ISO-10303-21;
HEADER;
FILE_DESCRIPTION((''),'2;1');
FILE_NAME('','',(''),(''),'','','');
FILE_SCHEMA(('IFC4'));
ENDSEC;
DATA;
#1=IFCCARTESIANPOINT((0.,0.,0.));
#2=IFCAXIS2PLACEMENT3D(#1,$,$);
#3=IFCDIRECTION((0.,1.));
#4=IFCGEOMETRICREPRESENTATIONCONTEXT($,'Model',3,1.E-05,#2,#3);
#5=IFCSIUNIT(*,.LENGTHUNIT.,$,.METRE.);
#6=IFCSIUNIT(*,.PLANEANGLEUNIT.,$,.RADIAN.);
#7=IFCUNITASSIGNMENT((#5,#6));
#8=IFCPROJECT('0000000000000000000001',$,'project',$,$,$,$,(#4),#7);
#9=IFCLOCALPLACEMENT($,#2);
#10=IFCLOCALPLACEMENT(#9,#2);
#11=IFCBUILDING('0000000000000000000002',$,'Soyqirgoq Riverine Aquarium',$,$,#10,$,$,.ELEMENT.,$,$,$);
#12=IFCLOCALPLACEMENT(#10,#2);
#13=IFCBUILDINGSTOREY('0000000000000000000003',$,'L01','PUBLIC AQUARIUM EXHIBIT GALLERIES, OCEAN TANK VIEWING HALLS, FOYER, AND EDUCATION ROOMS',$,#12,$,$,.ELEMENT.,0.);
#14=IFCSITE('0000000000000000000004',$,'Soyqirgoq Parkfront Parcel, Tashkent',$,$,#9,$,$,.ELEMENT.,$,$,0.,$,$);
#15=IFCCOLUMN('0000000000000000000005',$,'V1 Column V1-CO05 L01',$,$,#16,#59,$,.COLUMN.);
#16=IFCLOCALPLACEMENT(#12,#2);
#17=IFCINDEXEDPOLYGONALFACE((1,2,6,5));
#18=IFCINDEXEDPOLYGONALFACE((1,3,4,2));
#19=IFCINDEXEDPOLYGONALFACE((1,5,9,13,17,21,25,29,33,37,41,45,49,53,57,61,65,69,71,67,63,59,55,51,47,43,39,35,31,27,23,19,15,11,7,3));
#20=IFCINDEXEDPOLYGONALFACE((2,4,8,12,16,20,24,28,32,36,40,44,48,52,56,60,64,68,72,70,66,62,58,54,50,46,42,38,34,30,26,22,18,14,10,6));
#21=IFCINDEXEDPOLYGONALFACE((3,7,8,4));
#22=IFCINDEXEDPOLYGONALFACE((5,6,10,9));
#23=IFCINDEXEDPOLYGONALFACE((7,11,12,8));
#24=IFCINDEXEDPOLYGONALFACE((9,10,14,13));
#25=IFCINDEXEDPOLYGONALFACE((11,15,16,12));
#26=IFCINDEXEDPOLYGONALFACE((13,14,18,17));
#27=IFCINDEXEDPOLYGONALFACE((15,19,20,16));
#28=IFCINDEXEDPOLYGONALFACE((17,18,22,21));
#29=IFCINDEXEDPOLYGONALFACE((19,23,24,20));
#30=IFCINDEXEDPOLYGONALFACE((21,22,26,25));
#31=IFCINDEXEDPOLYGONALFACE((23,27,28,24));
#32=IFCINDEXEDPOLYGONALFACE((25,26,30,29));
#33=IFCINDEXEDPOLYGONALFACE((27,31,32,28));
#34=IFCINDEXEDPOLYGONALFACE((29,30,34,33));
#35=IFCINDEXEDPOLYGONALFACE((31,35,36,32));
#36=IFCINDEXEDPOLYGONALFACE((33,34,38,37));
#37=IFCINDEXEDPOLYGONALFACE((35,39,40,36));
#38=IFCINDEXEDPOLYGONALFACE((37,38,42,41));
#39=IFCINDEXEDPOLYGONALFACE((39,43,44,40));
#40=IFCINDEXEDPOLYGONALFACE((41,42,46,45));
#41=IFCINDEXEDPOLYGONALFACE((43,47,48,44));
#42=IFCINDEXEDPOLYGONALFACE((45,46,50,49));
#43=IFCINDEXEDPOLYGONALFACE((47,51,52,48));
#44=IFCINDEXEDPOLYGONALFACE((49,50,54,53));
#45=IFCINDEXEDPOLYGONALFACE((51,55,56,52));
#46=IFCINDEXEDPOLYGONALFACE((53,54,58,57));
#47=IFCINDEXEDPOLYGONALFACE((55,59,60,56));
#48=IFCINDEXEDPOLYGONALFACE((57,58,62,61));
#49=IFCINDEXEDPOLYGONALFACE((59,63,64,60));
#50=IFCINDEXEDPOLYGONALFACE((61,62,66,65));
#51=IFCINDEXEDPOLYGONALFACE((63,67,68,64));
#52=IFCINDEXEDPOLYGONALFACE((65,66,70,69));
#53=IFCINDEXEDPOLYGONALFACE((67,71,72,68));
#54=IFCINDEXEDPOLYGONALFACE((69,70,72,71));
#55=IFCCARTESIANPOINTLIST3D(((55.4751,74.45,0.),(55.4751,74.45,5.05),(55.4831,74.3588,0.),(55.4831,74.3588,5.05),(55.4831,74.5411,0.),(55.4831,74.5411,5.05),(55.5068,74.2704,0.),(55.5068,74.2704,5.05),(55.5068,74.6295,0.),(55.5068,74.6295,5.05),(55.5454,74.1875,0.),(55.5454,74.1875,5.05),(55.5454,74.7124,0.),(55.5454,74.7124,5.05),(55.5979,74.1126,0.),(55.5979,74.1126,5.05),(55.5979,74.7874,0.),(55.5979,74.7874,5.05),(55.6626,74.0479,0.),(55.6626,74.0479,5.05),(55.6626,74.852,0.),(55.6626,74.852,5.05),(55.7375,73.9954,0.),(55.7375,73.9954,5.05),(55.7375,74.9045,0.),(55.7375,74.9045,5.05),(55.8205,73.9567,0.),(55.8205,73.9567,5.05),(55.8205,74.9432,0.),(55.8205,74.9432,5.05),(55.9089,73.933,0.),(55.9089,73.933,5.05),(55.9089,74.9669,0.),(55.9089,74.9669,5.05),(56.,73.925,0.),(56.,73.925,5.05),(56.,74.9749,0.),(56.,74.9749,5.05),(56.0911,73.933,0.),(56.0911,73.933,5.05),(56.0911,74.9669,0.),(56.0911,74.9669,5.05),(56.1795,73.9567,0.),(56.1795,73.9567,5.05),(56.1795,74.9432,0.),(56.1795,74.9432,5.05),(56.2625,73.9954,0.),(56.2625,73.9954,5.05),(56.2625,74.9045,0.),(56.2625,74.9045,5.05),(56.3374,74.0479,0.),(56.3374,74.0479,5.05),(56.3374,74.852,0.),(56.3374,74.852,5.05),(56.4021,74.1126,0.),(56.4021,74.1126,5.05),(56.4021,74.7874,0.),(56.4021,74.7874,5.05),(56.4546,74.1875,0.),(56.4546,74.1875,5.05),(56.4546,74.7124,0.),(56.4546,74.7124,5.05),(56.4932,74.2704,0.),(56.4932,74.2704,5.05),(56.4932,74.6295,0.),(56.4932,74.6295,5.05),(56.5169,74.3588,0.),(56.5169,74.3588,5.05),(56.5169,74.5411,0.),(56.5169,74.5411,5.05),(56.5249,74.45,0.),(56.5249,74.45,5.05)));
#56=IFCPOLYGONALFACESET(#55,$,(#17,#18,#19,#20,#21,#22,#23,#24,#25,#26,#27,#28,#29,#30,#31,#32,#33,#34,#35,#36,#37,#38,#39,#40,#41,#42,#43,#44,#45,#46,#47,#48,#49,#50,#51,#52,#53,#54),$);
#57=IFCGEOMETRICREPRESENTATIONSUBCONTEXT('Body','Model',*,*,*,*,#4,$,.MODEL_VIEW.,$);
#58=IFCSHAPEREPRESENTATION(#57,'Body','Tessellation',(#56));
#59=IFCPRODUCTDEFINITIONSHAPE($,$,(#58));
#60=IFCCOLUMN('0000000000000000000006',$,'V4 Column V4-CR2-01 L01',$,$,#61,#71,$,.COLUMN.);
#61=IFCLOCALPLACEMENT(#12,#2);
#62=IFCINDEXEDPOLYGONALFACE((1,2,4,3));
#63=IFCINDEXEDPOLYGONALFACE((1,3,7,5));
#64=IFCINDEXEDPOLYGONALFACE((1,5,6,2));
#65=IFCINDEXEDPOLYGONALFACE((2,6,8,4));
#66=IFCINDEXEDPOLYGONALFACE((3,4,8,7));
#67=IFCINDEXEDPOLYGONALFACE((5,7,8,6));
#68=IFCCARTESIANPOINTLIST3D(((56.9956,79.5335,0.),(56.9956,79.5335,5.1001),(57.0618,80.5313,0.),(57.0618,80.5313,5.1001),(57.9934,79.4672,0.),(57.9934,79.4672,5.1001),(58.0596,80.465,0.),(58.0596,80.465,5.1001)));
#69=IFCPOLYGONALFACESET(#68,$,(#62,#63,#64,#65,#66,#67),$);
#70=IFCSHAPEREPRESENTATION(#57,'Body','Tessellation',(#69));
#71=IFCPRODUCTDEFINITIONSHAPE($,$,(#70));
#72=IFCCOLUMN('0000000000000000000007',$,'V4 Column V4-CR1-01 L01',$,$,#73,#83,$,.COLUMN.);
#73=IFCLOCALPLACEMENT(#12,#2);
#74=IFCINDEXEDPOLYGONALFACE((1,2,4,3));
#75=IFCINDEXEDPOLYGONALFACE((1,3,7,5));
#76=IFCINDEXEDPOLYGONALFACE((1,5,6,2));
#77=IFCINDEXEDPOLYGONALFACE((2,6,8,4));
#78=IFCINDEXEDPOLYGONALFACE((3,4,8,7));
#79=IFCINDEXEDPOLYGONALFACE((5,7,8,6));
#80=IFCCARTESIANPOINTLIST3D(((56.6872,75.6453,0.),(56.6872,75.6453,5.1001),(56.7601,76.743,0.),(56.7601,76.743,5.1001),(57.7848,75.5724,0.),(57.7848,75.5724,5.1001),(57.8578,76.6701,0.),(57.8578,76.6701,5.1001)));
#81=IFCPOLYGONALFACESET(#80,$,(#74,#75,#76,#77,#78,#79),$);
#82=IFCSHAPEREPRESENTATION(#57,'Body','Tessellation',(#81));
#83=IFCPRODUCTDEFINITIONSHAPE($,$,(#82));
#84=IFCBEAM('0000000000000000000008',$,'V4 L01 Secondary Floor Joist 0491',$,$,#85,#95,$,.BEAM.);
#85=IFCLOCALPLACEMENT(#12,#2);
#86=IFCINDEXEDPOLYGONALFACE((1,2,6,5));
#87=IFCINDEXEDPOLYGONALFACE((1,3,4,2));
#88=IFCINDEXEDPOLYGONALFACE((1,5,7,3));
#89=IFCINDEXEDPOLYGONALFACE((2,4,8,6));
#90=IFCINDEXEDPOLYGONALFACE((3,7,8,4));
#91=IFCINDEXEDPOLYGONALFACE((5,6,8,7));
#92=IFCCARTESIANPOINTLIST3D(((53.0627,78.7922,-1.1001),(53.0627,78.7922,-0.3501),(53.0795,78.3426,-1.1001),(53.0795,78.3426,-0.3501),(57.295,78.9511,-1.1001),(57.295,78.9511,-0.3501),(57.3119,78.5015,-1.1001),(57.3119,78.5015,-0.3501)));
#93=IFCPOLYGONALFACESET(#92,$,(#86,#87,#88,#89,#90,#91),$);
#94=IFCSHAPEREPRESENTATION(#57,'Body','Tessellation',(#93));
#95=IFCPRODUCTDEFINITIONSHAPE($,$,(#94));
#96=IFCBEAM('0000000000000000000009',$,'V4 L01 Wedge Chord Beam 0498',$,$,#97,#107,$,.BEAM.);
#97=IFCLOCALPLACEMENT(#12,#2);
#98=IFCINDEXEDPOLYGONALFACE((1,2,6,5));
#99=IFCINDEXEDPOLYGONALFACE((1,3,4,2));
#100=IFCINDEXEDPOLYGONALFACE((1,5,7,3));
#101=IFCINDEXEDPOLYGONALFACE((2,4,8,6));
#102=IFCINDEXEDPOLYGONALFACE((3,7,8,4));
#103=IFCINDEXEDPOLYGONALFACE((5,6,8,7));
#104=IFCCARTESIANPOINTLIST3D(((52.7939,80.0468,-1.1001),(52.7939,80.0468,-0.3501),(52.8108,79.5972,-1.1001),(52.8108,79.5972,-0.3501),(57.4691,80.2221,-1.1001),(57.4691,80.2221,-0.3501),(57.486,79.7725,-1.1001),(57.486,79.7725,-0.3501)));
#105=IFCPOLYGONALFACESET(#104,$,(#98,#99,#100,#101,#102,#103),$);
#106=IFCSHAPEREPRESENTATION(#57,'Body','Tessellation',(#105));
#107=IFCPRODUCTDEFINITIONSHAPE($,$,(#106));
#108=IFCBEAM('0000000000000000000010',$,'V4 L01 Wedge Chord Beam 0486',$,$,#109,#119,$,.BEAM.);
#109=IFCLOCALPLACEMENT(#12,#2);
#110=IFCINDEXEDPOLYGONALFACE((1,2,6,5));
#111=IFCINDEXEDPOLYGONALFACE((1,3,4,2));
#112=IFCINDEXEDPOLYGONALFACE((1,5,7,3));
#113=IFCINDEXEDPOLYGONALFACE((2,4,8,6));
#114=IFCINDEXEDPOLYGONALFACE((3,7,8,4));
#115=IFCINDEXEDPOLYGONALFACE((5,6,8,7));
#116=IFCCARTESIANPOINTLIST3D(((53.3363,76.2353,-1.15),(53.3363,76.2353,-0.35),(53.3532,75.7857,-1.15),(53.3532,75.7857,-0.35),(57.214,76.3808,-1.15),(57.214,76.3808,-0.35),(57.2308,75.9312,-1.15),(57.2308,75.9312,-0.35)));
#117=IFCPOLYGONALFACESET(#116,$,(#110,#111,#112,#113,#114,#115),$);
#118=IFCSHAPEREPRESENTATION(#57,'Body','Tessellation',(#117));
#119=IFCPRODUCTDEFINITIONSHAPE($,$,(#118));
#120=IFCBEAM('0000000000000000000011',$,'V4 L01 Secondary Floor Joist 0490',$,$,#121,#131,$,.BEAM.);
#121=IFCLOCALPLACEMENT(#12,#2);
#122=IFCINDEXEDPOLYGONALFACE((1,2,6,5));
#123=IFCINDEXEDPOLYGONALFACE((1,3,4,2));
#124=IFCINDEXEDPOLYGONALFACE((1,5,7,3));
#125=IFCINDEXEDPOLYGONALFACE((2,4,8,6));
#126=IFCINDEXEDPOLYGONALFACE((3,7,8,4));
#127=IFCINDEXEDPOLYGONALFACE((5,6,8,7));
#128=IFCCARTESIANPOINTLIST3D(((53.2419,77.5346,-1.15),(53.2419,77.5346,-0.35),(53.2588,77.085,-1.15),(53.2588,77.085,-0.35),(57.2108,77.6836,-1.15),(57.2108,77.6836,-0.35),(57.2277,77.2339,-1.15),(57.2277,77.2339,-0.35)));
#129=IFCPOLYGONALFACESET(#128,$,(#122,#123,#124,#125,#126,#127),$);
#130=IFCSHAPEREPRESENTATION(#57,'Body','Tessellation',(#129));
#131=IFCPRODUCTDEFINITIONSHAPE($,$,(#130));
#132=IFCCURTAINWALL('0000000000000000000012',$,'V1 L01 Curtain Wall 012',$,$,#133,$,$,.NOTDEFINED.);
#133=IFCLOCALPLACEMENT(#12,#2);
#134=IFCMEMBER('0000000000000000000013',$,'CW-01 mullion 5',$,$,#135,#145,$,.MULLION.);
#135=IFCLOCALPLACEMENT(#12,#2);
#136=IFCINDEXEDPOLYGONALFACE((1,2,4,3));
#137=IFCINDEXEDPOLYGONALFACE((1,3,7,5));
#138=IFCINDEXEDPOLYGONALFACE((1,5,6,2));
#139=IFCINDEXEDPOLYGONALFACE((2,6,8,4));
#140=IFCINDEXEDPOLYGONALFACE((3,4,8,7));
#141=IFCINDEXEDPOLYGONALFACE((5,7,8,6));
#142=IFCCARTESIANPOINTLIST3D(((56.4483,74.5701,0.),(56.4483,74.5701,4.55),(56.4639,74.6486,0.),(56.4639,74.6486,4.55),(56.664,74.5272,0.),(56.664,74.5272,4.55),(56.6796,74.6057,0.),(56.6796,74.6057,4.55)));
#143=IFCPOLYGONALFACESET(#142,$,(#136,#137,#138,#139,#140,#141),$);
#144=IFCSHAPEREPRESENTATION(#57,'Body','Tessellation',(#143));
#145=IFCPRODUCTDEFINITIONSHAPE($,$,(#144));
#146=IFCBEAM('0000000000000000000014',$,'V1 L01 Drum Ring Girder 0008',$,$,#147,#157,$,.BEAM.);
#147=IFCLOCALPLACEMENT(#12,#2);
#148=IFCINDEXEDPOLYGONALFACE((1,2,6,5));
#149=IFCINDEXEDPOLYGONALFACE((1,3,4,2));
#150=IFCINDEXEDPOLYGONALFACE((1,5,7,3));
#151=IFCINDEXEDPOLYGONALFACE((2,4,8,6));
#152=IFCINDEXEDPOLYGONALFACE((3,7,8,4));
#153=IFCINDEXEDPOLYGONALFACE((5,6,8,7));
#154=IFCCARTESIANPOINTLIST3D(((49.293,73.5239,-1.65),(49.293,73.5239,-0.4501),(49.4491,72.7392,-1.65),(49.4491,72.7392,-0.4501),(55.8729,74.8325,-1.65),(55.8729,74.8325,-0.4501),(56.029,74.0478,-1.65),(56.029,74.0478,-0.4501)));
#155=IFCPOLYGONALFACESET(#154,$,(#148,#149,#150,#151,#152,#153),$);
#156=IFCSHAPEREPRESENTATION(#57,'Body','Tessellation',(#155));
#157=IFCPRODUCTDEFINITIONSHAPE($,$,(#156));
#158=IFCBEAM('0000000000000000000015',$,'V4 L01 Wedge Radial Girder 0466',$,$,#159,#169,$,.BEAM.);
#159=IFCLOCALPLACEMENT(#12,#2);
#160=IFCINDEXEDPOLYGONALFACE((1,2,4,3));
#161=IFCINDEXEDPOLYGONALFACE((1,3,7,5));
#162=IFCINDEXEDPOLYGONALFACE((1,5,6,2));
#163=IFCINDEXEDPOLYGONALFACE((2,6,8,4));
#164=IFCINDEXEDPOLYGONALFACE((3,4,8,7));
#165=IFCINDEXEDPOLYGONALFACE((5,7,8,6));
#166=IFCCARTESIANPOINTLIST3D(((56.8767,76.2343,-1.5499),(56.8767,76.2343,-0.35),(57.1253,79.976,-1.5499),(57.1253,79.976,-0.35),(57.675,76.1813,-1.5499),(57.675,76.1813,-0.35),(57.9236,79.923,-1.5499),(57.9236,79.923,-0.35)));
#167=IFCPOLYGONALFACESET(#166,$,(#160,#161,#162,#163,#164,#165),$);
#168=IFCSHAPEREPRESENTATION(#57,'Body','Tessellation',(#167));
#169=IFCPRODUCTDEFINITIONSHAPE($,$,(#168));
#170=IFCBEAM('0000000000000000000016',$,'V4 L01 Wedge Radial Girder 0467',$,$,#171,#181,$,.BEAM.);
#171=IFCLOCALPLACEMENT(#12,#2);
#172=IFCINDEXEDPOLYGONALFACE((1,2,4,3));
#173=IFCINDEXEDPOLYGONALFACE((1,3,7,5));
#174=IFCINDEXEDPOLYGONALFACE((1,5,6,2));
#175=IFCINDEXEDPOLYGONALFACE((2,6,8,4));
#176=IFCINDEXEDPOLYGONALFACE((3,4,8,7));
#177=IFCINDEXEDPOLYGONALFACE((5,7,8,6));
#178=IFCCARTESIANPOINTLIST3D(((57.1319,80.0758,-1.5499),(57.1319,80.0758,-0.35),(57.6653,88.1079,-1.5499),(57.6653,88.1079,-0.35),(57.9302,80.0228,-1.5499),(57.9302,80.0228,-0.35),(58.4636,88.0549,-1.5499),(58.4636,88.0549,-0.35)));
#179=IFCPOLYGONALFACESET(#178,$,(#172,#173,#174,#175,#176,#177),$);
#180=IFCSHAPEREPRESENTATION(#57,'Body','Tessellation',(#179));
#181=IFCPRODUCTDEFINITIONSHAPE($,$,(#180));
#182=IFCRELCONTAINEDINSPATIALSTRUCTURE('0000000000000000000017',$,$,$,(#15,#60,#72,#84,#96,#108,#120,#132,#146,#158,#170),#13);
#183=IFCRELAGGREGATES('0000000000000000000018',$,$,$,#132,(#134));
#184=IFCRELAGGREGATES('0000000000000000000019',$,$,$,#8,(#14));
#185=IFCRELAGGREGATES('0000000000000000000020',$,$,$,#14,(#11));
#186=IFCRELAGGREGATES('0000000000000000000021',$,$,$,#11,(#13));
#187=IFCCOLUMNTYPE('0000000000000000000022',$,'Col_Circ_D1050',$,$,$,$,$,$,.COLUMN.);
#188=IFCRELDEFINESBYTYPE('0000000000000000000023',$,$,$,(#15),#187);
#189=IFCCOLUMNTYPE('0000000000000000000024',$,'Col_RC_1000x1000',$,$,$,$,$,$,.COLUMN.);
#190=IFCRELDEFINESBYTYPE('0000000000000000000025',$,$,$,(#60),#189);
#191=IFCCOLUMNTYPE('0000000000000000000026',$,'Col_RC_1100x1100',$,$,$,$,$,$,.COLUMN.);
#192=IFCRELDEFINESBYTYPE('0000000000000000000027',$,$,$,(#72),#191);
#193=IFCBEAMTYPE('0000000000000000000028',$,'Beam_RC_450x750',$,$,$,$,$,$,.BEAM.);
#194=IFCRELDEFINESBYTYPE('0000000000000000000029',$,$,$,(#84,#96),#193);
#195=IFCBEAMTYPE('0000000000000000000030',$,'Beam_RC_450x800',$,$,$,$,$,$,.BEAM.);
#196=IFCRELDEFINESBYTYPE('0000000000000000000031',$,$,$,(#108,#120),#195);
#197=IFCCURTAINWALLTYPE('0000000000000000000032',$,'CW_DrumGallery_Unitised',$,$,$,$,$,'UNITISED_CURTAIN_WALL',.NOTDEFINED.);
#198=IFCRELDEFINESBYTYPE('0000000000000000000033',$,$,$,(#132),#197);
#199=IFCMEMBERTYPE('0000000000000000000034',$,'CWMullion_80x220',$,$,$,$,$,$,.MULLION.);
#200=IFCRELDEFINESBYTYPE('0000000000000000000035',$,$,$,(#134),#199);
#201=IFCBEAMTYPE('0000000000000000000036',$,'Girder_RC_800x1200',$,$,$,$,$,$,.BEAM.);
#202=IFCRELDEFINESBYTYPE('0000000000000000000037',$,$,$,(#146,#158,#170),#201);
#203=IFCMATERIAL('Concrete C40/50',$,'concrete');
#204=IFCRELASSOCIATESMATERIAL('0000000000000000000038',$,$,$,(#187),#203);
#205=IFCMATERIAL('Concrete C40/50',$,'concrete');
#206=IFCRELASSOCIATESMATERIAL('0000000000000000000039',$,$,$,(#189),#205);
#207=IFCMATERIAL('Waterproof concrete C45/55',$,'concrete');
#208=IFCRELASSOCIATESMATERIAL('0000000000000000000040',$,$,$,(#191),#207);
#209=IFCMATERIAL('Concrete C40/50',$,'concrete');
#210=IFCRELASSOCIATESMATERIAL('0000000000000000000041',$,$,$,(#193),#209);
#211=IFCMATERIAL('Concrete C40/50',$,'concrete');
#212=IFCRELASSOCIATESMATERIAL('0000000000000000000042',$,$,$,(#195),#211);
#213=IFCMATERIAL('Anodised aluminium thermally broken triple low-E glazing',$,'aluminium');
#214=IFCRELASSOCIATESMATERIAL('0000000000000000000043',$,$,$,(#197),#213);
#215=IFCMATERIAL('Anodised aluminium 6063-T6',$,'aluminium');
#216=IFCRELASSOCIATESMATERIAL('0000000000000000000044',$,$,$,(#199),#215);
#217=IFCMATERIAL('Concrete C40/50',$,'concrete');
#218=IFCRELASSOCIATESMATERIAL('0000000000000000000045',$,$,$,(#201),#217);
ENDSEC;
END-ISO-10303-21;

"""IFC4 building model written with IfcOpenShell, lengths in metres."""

from ifc_helpers import new_model, si_unit, direction, frame, origin, origin_2d, place, context, subcontext, project, spatial, rectangle, circle, extrude, material, material_profile, profile_set, type_object, element, aggregate, save


model = new_model("IFC4")

# Units and contexts
model_context = context("Model", 3, precision=1e-05, world=origin(), true_north=direction((0.0, 1.0)))
body_context = subcontext(model_context, "Body", "Model", "MODEL_VIEW")
ifc_project = project(units=[si_unit("LENGTHUNIT", "METRE"), si_unit("PLANEANGLEUNIT", "RADIAN")], contexts=[model_context])

# Site, building, storey
site_placement = place(None, origin())
site = spatial("IfcSite", under=ifc_project, at=site_placement, Name="Soyqirgoq Parkfront Parcel, Tashkent", CompositionType="ELEMENT", RefElevation=0.0)
building_placement = place(site_placement, origin())
building = spatial("IfcBuilding", under=site, at=building_placement, Name="Soyqirgoq Riverine Aquarium", CompositionType="ELEMENT")
storey_placement = place(building_placement, origin())
storey = spatial("IfcBuildingStorey", under=building, at=storey_placement, Name="L01", Description="PUBLIC AQUARIUM EXHIBIT GALLERIES, OCEAN TANK VIEWING HALLS, FOYER, AND EDUCATION ROOMS", CompositionType="ELEMENT", Elevation=0.0)

# Columns
ifc_material_1 = material(Name="Concrete C40/50", Category="concrete")
ifc_material_profile_1 = material_profile(ifc_material_1, circle(Radius=0.5249, at=origin_2d()), Name="RC-COL D1050")
ifc_profile_set_1 = profile_set([ifc_material_profile_1], Name="Concrete C40/50")
column_type_1 = type_object("IfcColumnType", Name="Col_Circ_D1050", PredefinedType="COLUMN", material=ifc_profile_set_1)
column_1_placement = place(storey_placement, frame((56.0, 74.45, 0.0), z_axis=(0.0, 0.0, 1.0), x_axis=(0.0, 1.0, 0.0)))
element("IfcColumn", 1, at=column_1_placement, inside=storey, type_object=column_type_1, Name="V1 Column V1-CO05 L01", PredefinedType="COLUMN", context=body_context, shape_type="SweptSolid", body=[
    extrude(circle(Radius=0.5249, at=origin_2d()), origin(), (0.0, 0.0, 1.0), 5.05),
])
ifc_material_2 = material(Name="Concrete C40/50", Category="concrete")
ifc_material_profile_2 = material_profile(ifc_material_2, rectangle(XDim=1.0, YDim=1.0, at=origin_2d()), Name="RC 1000x1000")
ifc_profile_set_2 = profile_set([ifc_material_profile_2], Name="Concrete C40/50")
column_type_2 = type_object("IfcColumnType", Name="Col_RC_1000x1000", PredefinedType="COLUMN", material=ifc_profile_set_2)
column_2_placement = place(storey_placement, frame((57.5276, 79.9993, 0.0), z_axis=(0.0, 0.0, 1.0), x_axis=(0.066274, 0.997801, 0.0)))
element("IfcColumn", 2, at=column_2_placement, inside=storey, type_object=column_type_2, Name="V4 Column V4-CR2-01 L01", PredefinedType="COLUMN", context=body_context, shape_type="SweptSolid", body=[
    extrude(rectangle(XDim=1.0, YDim=1.0, at=origin_2d()), origin(), (0.0, 0.0, 1.0), 5.1001),
])
ifc_material_3 = material(Name="Waterproof concrete C45/55", Category="concrete")
ifc_material_profile_3 = material_profile(ifc_material_3, rectangle(XDim=1.1001, YDim=1.1001, at=origin_2d()), Name="RC 1100x1100")
ifc_profile_set_3 = profile_set([ifc_material_profile_3], Name="Waterproof concrete C45/55")
column_type_3 = type_object("IfcColumnType", Name="Col_RC_1100x1100", PredefinedType="COLUMN", material=ifc_profile_set_3)
column_3_placement = place(storey_placement, frame((57.2725, 76.1577, 0.0), z_axis=(0.0, 0.0, 1.0), x_axis=(0.066274, 0.997801, 0.0)))
element("IfcColumn", 3, at=column_3_placement, inside=storey, type_object=column_type_3, Name="V4 Column V4-CR1-01 L01", PredefinedType="COLUMN", context=body_context, shape_type="SweptSolid", body=[
    extrude(rectangle(XDim=1.1001, YDim=1.1001, at=origin_2d()), origin(), (0.0, 0.0, 1.0), 5.1001),
])

# Beams
ifc_material_4 = material(Name="Concrete C40/50", Category="concrete")
ifc_material_profile_4 = material_profile(ifc_material_4, rectangle(XDim=0.45, YDim=0.75, at=origin_2d()), Name="RC 450x750")
ifc_profile_set_4 = profile_set([ifc_material_profile_4], Name="Concrete C40/50")
beam_type_1 = type_object("IfcBeamType", Name="Beam_RC_450x750", PredefinedType="BEAM", material=ifc_profile_set_4)
beam_1_placement = place(storey_placement, frame((57.3035, 78.7263, -0.7251), z_axis=(-0.999296, -0.037525, 0.0), x_axis=(0.037525, -0.999296, 0.0)))
element("IfcBeam", 4, at=beam_1_placement, inside=storey, type_object=beam_type_1, Name="V4 L01 Secondary Floor Joist 0491", PredefinedType="BEAM", context=body_context, shape_type="SweptSolid", body=[
    extrude(rectangle(XDim=0.45, YDim=0.75, at=origin_2d()), origin(), (0.0, 0.0, 1.0), 4.2354),
])
beam_2_placement = place(storey_placement, frame((57.4775, 79.9973, -0.7251), z_axis=(-0.999298, -0.037467, 0.0), x_axis=(0.037467, -0.999298, 0.0)))
element("IfcBeam", 5, at=beam_2_placement, inside=storey, type_object=beam_type_1, Name="V4 L01 Wedge Chord Beam 0498", PredefinedType="BEAM", context=body_context, shape_type="SweptSolid", body=[
    extrude(rectangle(XDim=0.45, YDim=0.75, at=origin_2d()), origin(), (0.0, 0.0, 1.0), 4.6785),
])
ifc_material_5 = material(Name="Concrete C40/50", Category="concrete")
ifc_material_profile_5 = material_profile(ifc_material_5, rectangle(XDim=0.45, YDim=0.8, at=origin_2d()), Name="RC 450x800")
ifc_profile_set_5 = profile_set([ifc_material_profile_5], Name="Concrete C40/50")
beam_type_2 = type_object("IfcBeamType", Name="Beam_RC_450x800", PredefinedType="BEAM", material=ifc_profile_set_5)
beam_3_placement = place(storey_placement, frame((57.2224, 76.156, -0.75), z_axis=(-0.999297, -0.037498, 0.0), x_axis=(0.037498, -0.999297, 0.0)))
element("IfcBeam", 6, at=beam_3_placement, inside=storey, type_object=beam_type_2, Name="V4 L01 Wedge Chord Beam 0486", PredefinedType="BEAM", context=body_context, shape_type="SweptSolid", body=[
    extrude(rectangle(XDim=0.45, YDim=0.8, at=origin_2d()), origin(), (0.0, 0.0, 1.0), 3.8804),
])
beam_4_placement = place(storey_placement, frame((57.2192, 77.4587, -0.75), z_axis=(-0.999297, -0.037496, 0.0), x_axis=(0.037496, -0.999297, 0.0)))
element("IfcBeam", 7, at=beam_4_placement, inside=storey, type_object=beam_type_2, Name="V4 L01 Secondary Floor Joist 0490", PredefinedType="BEAM", context=body_context, shape_type="SweptSolid", body=[
    extrude(rectangle(XDim=0.45, YDim=0.8, at=origin_2d()), origin(), (0.0, 0.0, 1.0), 3.9717),
])

# Curtain wall, member
ifc_material_6 = material(Name="Anodised aluminium thermally broken triple low-E glazing", Category="aluminium")
curtain_wall_type = type_object("IfcCurtainWallType", Name="CW_DrumGallery_Unitised", ElementType="UNITISED_CURTAIN_WALL", PredefinedType="NOTDEFINED", material=ifc_material_6)
curtain_wall_placement = place(storey_placement, origin())
curtain_wall = element("IfcCurtainWall", 8, at=curtain_wall_placement, inside=storey, type_object=curtain_wall_type, Name="V1 L01 Curtain Wall 012", PredefinedType="NOTDEFINED")
ifc_material_7 = material(Name="Anodised aluminium 6063-T6", Category="aluminium")
ifc_material_profile_6 = material_profile(ifc_material_7, rectangle(XDim=0.0801, YDim=0.22, at=origin_2d()), Name="ALU-M 80x220")
ifc_profile_set_6 = profile_set([ifc_material_profile_6], Name="Anodised aluminium 6063-T6")
member_type = type_object("IfcMemberType", Name="CWMullion_80x220", PredefinedType="MULLION", material=ifc_profile_set_6)
member_placement = place(storey_placement, frame((56.564, 74.5879, 0.0), z_axis=(0.0, 0.0, 1.0), x_axis=(-0.195075, -0.980788, 0.0)))
member = element("IfcMember", 9, at=member_placement, type_object=member_type, Name="CW-01 mullion 5", PredefinedType="MULLION", context=body_context, shape_type="SweptSolid", body=[
    extrude(rectangle(XDim=0.0801, YDim=0.22, at=origin_2d()), origin(), (0.0, 0.0, 1.0), 4.55),
])

# Beams
ifc_material_8 = material(Name="Concrete C40/50", Category="concrete")
ifc_material_profile_7 = material_profile(ifc_material_8, rectangle(XDim=0.8, YDim=1.2, at=origin_2d()), Name="RC 800x1200")
ifc_profile_set_7 = profile_set([ifc_material_profile_7], Name="Concrete C40/50")
beam_type_3 = type_object("IfcBeamType", Name="Girder_RC_800x1200", PredefinedType="BEAM", material=ifc_profile_set_7)
beam_5_placement = place(storey_placement, frame((55.9509, 74.4402, -1.05), z_axis=(-0.980791, -0.195059, 0.0), x_axis=(0.195059, -0.980791, 0.0)))
element("IfcBeam", 10, at=beam_5_placement, inside=storey, type_object=beam_type_3, Name="V1 L01 Drum Ring Girder 0008", PredefinedType="BEAM", context=body_context, shape_type="SweptSolid", body=[
    extrude(rectangle(XDim=0.8, YDim=1.2, at=origin_2d()), origin(), (0.0, 0.0, 1.0), 6.7087),
])
beam_6_placement = place(storey_placement, frame((57.2759, 76.2078, -0.95), z_axis=(0.066277, 0.997801, 0.0), x_axis=(-0.997801, 0.066277, 0.0)))
element("IfcBeam", 11, at=beam_6_placement, inside=storey, type_object=beam_type_3, Name="V4 L01 Wedge Radial Girder 0466", PredefinedType="BEAM", context=body_context, shape_type="SweptSolid", body=[
    extrude(rectangle(XDim=0.8, YDim=1.2, at=origin_2d()), origin(), (0.0, 0.0, 1.0), 3.75),
])
beam_7_placement = place(storey_placement, frame((57.531, 80.0493, -0.95), z_axis=(0.066267, 0.997802, 0.0), x_axis=(-0.997802, 0.066267, 0.0)))
element("IfcBeam", 12, at=beam_7_placement, inside=storey, type_object=beam_type_3, Name="V4 L01 Wedge Radial Girder 0467", PredefinedType="BEAM", context=body_context, shape_type="SweptSolid", body=[
    extrude(rectangle(XDim=0.8, YDim=1.2, at=origin_2d()), origin(), (0.0, 0.0, 1.0), 8.0498),
])

aggregate(curtain_wall, [member])

save(model, "model.ifc")
